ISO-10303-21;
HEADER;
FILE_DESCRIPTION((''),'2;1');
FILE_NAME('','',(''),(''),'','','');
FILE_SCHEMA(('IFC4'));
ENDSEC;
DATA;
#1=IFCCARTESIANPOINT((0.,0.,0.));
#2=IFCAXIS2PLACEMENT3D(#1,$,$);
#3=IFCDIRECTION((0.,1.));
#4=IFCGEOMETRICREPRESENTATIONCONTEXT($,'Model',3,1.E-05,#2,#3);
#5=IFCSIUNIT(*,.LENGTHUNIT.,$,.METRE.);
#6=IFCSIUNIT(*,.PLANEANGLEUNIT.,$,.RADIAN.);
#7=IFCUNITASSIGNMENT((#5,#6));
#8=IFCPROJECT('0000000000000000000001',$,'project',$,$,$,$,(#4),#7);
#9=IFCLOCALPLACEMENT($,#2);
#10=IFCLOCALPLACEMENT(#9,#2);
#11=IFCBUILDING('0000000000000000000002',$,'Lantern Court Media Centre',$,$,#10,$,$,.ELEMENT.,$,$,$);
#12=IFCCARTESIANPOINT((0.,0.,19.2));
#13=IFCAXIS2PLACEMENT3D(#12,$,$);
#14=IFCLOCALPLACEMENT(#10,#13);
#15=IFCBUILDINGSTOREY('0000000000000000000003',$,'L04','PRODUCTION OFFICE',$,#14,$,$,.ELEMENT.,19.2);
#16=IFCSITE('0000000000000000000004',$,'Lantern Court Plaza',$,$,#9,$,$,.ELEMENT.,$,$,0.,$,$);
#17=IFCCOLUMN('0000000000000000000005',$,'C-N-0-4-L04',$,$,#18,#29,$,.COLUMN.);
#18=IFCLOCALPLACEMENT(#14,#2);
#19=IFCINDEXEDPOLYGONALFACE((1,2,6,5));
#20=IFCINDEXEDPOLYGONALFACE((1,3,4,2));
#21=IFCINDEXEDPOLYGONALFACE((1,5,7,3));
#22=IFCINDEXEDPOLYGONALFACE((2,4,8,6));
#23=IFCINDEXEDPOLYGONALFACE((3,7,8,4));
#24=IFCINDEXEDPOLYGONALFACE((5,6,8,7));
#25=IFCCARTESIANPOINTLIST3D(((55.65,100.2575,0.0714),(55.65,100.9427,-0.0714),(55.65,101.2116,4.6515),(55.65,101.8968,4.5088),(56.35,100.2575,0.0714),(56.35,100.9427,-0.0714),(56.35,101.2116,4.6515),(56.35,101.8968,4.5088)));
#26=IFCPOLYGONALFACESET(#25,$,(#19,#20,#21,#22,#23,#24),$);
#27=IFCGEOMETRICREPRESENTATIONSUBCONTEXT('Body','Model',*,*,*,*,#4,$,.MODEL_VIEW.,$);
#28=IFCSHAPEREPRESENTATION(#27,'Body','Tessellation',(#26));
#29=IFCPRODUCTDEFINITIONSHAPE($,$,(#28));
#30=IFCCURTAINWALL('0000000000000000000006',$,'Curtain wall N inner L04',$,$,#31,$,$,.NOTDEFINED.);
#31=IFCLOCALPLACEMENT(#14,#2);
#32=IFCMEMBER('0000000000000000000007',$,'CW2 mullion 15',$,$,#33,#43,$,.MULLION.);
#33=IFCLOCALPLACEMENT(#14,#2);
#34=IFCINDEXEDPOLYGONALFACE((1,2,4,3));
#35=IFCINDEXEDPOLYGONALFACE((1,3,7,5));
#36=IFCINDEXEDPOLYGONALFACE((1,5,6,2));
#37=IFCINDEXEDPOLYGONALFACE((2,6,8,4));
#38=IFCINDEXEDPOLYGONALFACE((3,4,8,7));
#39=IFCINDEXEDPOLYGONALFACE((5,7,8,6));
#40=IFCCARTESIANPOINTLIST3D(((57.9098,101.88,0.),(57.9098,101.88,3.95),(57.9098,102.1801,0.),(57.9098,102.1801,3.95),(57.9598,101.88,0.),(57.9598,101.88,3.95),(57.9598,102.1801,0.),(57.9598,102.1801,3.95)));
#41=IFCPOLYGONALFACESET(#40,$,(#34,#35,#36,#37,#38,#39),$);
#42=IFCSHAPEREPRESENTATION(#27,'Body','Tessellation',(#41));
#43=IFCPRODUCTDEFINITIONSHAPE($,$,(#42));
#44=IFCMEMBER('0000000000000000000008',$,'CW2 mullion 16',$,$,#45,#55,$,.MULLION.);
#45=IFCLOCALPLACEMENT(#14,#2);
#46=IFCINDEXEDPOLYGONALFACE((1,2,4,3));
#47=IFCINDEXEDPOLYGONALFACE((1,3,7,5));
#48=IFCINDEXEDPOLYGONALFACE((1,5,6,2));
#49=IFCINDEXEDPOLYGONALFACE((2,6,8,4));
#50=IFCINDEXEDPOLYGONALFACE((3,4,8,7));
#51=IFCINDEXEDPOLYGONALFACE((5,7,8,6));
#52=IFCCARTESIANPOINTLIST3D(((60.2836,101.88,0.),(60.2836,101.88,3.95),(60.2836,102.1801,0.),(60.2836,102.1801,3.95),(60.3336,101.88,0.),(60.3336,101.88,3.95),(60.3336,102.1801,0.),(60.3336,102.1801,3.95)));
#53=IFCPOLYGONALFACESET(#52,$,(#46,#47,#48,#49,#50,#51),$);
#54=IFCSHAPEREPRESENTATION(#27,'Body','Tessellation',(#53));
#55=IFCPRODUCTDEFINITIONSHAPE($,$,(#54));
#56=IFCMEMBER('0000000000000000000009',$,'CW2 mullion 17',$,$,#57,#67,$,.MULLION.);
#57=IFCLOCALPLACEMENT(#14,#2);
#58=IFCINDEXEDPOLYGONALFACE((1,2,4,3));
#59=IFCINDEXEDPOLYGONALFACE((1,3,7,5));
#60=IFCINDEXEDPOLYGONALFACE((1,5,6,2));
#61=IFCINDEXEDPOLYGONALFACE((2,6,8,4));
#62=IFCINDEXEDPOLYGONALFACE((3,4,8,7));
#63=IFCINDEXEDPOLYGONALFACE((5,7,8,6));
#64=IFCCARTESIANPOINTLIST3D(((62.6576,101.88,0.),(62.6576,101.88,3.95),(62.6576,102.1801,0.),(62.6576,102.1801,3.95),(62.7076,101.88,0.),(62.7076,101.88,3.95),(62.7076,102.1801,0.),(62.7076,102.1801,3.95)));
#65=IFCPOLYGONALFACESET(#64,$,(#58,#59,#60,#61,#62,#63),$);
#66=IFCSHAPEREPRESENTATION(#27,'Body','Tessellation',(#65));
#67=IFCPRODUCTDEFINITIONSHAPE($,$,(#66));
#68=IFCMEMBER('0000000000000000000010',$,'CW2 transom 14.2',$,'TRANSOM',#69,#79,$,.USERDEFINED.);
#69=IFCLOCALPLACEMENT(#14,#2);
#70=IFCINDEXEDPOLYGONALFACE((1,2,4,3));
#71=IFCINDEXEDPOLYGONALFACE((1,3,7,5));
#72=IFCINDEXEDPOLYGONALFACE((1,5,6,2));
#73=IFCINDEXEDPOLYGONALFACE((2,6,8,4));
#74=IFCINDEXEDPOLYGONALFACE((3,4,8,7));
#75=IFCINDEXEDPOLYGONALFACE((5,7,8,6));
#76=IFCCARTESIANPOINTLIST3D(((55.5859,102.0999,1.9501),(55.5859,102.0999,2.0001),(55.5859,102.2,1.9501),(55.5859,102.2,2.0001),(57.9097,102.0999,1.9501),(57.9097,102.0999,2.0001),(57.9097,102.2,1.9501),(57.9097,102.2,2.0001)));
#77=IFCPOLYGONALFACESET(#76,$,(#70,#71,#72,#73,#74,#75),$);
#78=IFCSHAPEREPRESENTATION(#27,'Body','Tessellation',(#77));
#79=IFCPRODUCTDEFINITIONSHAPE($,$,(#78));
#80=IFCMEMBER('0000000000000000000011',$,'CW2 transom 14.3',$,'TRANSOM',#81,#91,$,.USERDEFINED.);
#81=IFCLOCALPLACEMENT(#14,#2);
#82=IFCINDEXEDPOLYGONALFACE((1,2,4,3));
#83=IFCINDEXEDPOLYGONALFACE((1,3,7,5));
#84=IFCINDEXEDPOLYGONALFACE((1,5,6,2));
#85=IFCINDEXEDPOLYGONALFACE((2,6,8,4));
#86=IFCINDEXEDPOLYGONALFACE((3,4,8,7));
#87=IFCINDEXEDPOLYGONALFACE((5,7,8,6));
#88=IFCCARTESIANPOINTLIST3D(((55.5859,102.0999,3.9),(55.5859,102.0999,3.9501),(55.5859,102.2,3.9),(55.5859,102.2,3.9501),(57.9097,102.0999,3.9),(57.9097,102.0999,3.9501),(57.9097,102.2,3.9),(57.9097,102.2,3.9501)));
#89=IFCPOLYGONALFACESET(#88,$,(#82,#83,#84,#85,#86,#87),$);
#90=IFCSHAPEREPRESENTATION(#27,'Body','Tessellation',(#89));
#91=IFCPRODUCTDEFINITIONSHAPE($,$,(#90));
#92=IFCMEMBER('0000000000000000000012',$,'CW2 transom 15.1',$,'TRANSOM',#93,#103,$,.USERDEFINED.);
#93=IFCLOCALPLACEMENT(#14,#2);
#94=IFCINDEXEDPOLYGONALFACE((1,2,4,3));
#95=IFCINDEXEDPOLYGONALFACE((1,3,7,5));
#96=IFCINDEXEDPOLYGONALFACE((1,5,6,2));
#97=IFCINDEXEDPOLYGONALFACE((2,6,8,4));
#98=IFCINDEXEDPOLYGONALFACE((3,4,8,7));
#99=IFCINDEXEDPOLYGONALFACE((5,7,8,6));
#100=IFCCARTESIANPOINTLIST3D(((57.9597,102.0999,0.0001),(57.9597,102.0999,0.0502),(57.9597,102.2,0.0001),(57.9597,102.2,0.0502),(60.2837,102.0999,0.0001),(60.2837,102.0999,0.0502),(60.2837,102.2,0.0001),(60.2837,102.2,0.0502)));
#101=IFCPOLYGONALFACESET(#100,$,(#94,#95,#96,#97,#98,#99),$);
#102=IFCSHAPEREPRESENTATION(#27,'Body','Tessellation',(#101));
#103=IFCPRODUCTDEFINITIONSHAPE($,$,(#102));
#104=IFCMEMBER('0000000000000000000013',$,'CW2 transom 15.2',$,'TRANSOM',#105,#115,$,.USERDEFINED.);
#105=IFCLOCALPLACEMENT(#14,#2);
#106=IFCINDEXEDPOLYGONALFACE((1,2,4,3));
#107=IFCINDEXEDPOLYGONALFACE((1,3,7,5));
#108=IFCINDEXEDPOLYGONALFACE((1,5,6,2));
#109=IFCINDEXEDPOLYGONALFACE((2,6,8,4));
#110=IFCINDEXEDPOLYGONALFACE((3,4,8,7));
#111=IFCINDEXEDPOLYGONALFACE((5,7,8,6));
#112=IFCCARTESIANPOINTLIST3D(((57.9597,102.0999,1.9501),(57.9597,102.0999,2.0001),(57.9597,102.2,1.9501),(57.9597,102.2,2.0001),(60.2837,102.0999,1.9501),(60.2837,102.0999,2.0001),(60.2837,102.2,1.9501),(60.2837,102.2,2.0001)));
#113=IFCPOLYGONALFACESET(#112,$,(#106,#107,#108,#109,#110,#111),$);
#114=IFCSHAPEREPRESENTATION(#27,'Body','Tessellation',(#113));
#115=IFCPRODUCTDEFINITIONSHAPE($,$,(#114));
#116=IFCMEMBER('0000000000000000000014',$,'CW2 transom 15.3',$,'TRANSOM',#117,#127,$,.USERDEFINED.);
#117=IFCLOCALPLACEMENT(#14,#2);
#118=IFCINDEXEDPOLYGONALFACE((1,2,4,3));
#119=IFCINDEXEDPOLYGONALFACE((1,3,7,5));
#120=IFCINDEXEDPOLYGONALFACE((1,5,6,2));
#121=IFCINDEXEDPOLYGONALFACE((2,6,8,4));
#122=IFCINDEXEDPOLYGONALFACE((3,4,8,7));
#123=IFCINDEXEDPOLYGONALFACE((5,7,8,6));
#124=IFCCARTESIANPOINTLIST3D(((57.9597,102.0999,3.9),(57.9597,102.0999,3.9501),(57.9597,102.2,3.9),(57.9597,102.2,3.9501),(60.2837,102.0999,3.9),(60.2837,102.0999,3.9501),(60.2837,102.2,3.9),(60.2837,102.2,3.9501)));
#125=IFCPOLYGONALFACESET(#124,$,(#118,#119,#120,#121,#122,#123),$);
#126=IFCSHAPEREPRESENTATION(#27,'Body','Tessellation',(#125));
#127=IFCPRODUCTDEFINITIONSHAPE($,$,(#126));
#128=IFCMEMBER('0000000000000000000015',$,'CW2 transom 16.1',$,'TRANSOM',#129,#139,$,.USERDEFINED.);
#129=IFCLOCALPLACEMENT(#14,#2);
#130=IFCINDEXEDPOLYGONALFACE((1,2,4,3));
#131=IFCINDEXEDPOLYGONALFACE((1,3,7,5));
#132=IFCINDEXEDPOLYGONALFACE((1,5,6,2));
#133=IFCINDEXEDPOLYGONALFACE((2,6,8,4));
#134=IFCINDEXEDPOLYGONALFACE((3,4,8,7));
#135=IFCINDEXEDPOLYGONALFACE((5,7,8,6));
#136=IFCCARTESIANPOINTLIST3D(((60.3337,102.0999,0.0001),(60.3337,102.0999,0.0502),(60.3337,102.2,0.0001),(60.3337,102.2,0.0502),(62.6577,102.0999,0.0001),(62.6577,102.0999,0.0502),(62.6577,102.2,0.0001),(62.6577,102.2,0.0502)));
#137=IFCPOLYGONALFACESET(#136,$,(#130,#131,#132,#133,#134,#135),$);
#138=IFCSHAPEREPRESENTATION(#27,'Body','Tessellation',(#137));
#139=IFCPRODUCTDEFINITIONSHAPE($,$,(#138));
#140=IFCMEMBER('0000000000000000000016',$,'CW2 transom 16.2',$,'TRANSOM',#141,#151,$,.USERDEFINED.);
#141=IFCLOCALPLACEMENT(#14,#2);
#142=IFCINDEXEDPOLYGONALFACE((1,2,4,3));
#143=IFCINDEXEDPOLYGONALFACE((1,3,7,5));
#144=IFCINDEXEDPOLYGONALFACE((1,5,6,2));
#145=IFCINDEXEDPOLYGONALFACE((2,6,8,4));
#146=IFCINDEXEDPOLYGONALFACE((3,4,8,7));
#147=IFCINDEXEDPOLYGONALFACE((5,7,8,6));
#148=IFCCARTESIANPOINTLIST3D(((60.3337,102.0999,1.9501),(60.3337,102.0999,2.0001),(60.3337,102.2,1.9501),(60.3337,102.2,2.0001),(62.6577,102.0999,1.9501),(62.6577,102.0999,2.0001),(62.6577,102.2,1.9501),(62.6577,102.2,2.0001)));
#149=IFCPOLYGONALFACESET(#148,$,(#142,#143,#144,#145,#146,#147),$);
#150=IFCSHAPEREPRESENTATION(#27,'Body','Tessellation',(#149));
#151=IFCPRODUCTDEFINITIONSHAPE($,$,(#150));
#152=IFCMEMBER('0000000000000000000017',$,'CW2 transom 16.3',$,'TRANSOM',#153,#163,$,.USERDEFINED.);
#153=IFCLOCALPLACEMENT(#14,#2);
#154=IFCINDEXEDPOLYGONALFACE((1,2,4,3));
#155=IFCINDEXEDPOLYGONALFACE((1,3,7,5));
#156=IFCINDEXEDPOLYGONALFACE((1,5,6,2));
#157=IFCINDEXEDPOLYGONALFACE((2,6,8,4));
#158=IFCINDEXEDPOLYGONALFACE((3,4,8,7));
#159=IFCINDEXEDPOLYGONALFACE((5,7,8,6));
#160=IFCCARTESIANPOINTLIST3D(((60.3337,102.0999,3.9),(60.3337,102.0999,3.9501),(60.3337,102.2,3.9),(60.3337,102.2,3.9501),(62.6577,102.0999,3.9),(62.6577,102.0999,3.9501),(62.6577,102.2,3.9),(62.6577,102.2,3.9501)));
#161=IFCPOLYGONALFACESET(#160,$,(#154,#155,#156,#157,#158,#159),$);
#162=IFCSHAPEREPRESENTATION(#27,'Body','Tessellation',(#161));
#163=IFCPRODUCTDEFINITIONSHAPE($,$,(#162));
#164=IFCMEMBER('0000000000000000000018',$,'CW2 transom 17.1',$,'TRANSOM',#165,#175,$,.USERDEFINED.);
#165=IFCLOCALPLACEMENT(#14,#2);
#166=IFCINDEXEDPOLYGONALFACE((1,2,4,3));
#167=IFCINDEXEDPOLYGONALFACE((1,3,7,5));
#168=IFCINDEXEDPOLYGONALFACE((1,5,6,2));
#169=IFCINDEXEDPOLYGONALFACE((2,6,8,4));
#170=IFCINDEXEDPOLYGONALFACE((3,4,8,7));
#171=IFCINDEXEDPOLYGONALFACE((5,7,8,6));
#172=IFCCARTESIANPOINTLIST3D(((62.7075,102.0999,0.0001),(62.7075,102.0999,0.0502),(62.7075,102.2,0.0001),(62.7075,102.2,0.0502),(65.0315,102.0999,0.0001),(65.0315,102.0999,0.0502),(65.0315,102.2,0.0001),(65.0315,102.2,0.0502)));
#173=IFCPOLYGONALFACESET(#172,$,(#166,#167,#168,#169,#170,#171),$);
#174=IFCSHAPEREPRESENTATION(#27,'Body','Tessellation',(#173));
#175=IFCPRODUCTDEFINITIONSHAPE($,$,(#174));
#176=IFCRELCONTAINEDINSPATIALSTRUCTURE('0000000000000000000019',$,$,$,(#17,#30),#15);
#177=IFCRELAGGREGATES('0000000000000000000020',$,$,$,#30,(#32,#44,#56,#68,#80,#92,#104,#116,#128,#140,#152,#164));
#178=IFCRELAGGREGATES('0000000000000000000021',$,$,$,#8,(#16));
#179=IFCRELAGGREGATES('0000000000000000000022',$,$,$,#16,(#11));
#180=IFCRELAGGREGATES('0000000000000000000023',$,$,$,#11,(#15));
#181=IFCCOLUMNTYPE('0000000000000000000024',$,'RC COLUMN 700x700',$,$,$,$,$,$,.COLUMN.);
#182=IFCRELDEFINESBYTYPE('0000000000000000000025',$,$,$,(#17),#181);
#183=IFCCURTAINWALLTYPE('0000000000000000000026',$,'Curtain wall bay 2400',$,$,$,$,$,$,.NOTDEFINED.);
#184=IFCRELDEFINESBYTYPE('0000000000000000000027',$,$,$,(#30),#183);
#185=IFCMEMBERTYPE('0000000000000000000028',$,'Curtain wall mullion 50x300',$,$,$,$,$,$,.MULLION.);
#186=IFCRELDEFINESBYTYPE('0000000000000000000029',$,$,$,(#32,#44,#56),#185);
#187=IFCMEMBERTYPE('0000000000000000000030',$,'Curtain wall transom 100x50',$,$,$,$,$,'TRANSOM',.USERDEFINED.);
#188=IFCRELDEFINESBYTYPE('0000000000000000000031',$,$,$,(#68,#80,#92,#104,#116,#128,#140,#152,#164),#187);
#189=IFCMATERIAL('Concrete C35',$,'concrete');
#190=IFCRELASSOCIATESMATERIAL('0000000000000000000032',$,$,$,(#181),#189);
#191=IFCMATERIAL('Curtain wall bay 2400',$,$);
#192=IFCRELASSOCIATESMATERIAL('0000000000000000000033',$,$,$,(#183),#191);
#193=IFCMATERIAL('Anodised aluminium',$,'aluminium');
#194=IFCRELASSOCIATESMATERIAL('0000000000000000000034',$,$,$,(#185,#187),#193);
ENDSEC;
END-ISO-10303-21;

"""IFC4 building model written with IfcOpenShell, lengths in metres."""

from ifc_helpers import new_model, si_unit, direction, frame, origin, origin_2d, place, context, subcontext, project, spatial, rectangle, extrude, material, material_profile, profile_set, type_object, element, aggregate, save


model = new_model("IFC4")

# Units and contexts
model_context = context("Model", 3, precision=1e-05, world=origin(), true_north=direction((0.0, 1.0)))
body_context = subcontext(model_context, "Body", "Model", "MODEL_VIEW")
ifc_project = project(units=[si_unit("LENGTHUNIT", "METRE"), si_unit("PLANEANGLEUNIT", "RADIAN")], contexts=[model_context])

# Site, building, storey
site_placement = place(None, origin())
site = spatial("IfcSite", under=ifc_project, at=site_placement, Name="Lantern Court Plaza", CompositionType="ELEMENT", RefElevation=0.0)
building_placement = place(site_placement, origin())
building = spatial("IfcBuilding", under=site, at=building_placement, Name="Lantern Court Media Centre", CompositionType="ELEMENT")
storey_placement = place(building_placement, frame((0.0, 0.0, 19.2)))
storey = spatial("IfcBuildingStorey", under=building, at=storey_placement, Name="L04", Description="PRODUCTION OFFICE", CompositionType="ELEMENT", Elevation=19.2)

# Column
ifc_material_1 = material(Name="Concrete C35", Category="concrete")
ifc_material_profile_1 = material_profile(ifc_material_1, rectangle(XDim=0.7, YDim=0.7, at=origin_2d()), Name="RC 700x700")
ifc_profile_set_1 = profile_set([ifc_material_profile_1], Name="Concrete C35")
column_type = type_object("IfcColumnType", Name="RC COLUMN 700x700", PredefinedType="COLUMN", material=ifc_profile_set_1)
column_placement = place(storey_placement, frame((56.0, 100.6001, 0.0), z_axis=(0.0, 0.203938, 0.978984), x_axis=(-1.0, 0.0, 0.0)))
element("IfcColumn", 1, at=column_placement, inside=storey, type_object=column_type, Name="C-N-0-4-L04", PredefinedType="COLUMN", context=body_context, shape_type="SweptSolid", body=[
    extrude(rectangle(XDim=0.7, YDim=0.7, at=origin_2d()), origin(), (0.0, 0.0, 1.0), 4.6785),
])

# Curtain wall, members
ifc_material_2 = material(Name="Curtain wall bay 2400")
curtain_wall_type = type_object("IfcCurtainWallType", Name="Curtain wall bay 2400", PredefinedType="NOTDEFINED", material=ifc_material_2)
curtain_wall_placement = place(storey_placement, origin())
curtain_wall = element("IfcCurtainWall", 2, at=curtain_wall_placement, inside=storey, type_object=curtain_wall_type, Name="Curtain wall N inner L04", PredefinedType="NOTDEFINED")
ifc_material_3 = material(Name="Anodised aluminium", Category="aluminium")
ifc_material_profile_2 = material_profile(ifc_material_3, rectangle(XDim=0.3, YDim=0.05, at=origin_2d()), Name="AL 50x300")
ifc_profile_set_2 = profile_set([ifc_material_profile_2], Name="Anodised aluminium")
member_type_1 = type_object("IfcMemberType", Name="Curtain wall mullion 50x300", PredefinedType="MULLION", material=ifc_profile_set_2)
member_1_placement = place(storey_placement, frame((57.9348, 102.03, 0.0), z_axis=(0.0, 0.0, 1.0), x_axis=(0.0, 1.0, 0.0)))
member_1 = element("IfcMember", 3, at=member_1_placement, type_object=member_type_1, Name="CW2 mullion 15", PredefinedType="MULLION", context=body_context, shape_type="SweptSolid", body=[
    extrude(rectangle(XDim=0.3, YDim=0.05, at=origin_2d()), origin(), (0.0, 0.0, 1.0), 3.95),
])
member_2_placement = place(storey_placement, frame((60.3086, 102.03, 0.0), z_axis=(0.0, 0.0, 1.0), x_axis=(0.0, 1.0, 0.0)))
member_2 = element("IfcMember", 4, at=member_2_placement, type_object=member_type_1, Name="CW2 mullion 16", PredefinedType="MULLION", context=body_context, shape_type="SweptSolid", body=[
    extrude(rectangle(XDim=0.3, YDim=0.05, at=origin_2d()), origin(), (0.0, 0.0, 1.0), 3.95),
])
member_3_placement = place(storey_placement, frame((62.6826, 102.03, 0.0), z_axis=(0.0, 0.0, 1.0), x_axis=(0.0, 1.0, 0.0)))
member_3 = element("IfcMember", 5, at=member_3_placement, type_object=member_type_1, Name="CW2 mullion 17", PredefinedType="MULLION", context=body_context, shape_type="SweptSolid", body=[
    extrude(rectangle(XDim=0.3, YDim=0.05, at=origin_2d()), origin(), (0.0, 0.0, 1.0), 3.95),
])
ifc_material_profile_3 = material_profile(ifc_material_3, rectangle(XDim=0.1001, YDim=0.05, at=origin_2d()), Name="AL 50x100")
ifc_profile_set_3 = profile_set([ifc_material_profile_3], Name="Anodised aluminium")
member_type_2 = type_object("IfcMemberType", Name="Curtain wall transom 100x50", ElementType="TRANSOM", PredefinedType="USERDEFINED", material=ifc_profile_set_3)
member_4_placement = place(storey_placement, frame((55.5859, 102.1499, 1.9751), z_axis=(1.0, 0.0, 0.0), x_axis=(0.0, 1.0, 0.0)))
member_4 = element("IfcMember", 6, at=member_4_placement, type_object=member_type_2, Name="CW2 transom 14.2", ObjectType="TRANSOM", PredefinedType="USERDEFINED", context=body_context, shape_type="SweptSolid", body=[
    extrude(rectangle(XDim=0.1001, YDim=0.05, at=origin_2d()), origin(), (0.0, 0.0, 1.0), 2.3237),
])
member_5_placement = place(storey_placement, frame((55.5859, 102.1499, 3.925), z_axis=(1.0, 0.0, 0.0), x_axis=(0.0, 1.0, 0.0)))
member_5 = element("IfcMember", 7, at=member_5_placement, type_object=member_type_2, Name="CW2 transom 14.3", ObjectType="TRANSOM", PredefinedType="USERDEFINED", context=body_context, shape_type="SweptSolid", body=[
    extrude(rectangle(XDim=0.1001, YDim=0.05, at=origin_2d()), origin(), (0.0, 0.0, 1.0), 2.3237),
])
member_6_placement = place(storey_placement, frame((57.9597, 102.1499, 0.0251), z_axis=(1.0, 0.0, 0.0), x_axis=(0.0, 1.0, 0.0)))
member_6 = element("IfcMember", 8, at=member_6_placement, type_object=member_type_2, Name="CW2 transom 15.1", ObjectType="TRANSOM", PredefinedType="USERDEFINED", context=body_context, shape_type="SweptSolid", body=[
    extrude(rectangle(XDim=0.1001, YDim=0.05, at=origin_2d()), origin(), (0.0, 0.0, 1.0), 2.324),
])
member_7_placement = place(storey_placement, frame((57.9597, 102.1499, 1.9751), z_axis=(1.0, 0.0, 0.0), x_axis=(0.0, 1.0, 0.0)))
member_7 = element("IfcMember", 9, at=member_7_placement, type_object=member_type_2, Name="CW2 transom 15.2", ObjectType="TRANSOM", PredefinedType="USERDEFINED", context=body_context, shape_type="SweptSolid", body=[
    extrude(rectangle(XDim=0.1001, YDim=0.05, at=origin_2d()), origin(), (0.0, 0.0, 1.0), 2.324),
])
member_8_placement = place(storey_placement, frame((57.9597, 102.1499, 3.925), z_axis=(1.0, 0.0, 0.0), x_axis=(0.0, 1.0, 0.0)))
member_8 = element("IfcMember", 10, at=member_8_placement, type_object=member_type_2, Name="CW2 transom 15.3", ObjectType="TRANSOM", PredefinedType="USERDEFINED", context=body_context, shape_type="SweptSolid", body=[
    extrude(rectangle(XDim=0.1001, YDim=0.05, at=origin_2d()), origin(), (0.0, 0.0, 1.0), 2.324),
])
member_9_placement = place(storey_placement, frame((60.3337, 102.1499, 0.0251), z_axis=(1.0, 0.0, 0.0), x_axis=(0.0, 1.0, 0.0)))
member_9 = element("IfcMember", 11, at=member_9_placement, type_object=member_type_2, Name="CW2 transom 16.1", ObjectType="TRANSOM", PredefinedType="USERDEFINED", context=body_context, shape_type="SweptSolid", body=[
    extrude(rectangle(XDim=0.1001, YDim=0.05, at=origin_2d()), origin(), (0.0, 0.0, 1.0), 2.324),
])
member_10_placement = place(storey_placement, frame((60.3337, 102.1499, 1.9751), z_axis=(1.0, 0.0, 0.0), x_axis=(0.0, 1.0, 0.0)))
member_10 = element("IfcMember", 12, at=member_10_placement, type_object=member_type_2, Name="CW2 transom 16.2", ObjectType="TRANSOM", PredefinedType="USERDEFINED", context=body_context, shape_type="SweptSolid", body=[
    extrude(rectangle(XDim=0.1001, YDim=0.05, at=origin_2d()), origin(), (0.0, 0.0, 1.0), 2.324),
])
member_11_placement = place(storey_placement, frame((60.3337, 102.1499, 3.925), z_axis=(1.0, 0.0, 0.0), x_axis=(0.0, 1.0, 0.0)))
member_11 = element("IfcMember", 13, at=member_11_placement, type_object=member_type_2, Name="CW2 transom 16.3", ObjectType="TRANSOM", PredefinedType="USERDEFINED", context=body_context, shape_type="SweptSolid", body=[
    extrude(rectangle(XDim=0.1001, YDim=0.05, at=origin_2d()), origin(), (0.0, 0.0, 1.0), 2.324),
])
member_12_placement = place(storey_placement, frame((62.7075, 102.1499, 0.0251), z_axis=(1.0, 0.0, 0.0), x_axis=(0.0, 1.0, 0.0)))
member_12 = element("IfcMember", 14, at=member_12_placement, type_object=member_type_2, Name="CW2 transom 17.1", ObjectType="TRANSOM", PredefinedType="USERDEFINED", context=body_context, shape_type="SweptSolid", body=[
    extrude(rectangle(XDim=0.1001, YDim=0.05, at=origin_2d()), origin(), (0.0, 0.0, 1.0), 2.324),
])

aggregate(curtain_wall, [member_1, member_2, member_3, member_4, member_5, member_6, member_7, member_8, member_9, member_10, member_11, member_12])

save(model, "model.ifc")
